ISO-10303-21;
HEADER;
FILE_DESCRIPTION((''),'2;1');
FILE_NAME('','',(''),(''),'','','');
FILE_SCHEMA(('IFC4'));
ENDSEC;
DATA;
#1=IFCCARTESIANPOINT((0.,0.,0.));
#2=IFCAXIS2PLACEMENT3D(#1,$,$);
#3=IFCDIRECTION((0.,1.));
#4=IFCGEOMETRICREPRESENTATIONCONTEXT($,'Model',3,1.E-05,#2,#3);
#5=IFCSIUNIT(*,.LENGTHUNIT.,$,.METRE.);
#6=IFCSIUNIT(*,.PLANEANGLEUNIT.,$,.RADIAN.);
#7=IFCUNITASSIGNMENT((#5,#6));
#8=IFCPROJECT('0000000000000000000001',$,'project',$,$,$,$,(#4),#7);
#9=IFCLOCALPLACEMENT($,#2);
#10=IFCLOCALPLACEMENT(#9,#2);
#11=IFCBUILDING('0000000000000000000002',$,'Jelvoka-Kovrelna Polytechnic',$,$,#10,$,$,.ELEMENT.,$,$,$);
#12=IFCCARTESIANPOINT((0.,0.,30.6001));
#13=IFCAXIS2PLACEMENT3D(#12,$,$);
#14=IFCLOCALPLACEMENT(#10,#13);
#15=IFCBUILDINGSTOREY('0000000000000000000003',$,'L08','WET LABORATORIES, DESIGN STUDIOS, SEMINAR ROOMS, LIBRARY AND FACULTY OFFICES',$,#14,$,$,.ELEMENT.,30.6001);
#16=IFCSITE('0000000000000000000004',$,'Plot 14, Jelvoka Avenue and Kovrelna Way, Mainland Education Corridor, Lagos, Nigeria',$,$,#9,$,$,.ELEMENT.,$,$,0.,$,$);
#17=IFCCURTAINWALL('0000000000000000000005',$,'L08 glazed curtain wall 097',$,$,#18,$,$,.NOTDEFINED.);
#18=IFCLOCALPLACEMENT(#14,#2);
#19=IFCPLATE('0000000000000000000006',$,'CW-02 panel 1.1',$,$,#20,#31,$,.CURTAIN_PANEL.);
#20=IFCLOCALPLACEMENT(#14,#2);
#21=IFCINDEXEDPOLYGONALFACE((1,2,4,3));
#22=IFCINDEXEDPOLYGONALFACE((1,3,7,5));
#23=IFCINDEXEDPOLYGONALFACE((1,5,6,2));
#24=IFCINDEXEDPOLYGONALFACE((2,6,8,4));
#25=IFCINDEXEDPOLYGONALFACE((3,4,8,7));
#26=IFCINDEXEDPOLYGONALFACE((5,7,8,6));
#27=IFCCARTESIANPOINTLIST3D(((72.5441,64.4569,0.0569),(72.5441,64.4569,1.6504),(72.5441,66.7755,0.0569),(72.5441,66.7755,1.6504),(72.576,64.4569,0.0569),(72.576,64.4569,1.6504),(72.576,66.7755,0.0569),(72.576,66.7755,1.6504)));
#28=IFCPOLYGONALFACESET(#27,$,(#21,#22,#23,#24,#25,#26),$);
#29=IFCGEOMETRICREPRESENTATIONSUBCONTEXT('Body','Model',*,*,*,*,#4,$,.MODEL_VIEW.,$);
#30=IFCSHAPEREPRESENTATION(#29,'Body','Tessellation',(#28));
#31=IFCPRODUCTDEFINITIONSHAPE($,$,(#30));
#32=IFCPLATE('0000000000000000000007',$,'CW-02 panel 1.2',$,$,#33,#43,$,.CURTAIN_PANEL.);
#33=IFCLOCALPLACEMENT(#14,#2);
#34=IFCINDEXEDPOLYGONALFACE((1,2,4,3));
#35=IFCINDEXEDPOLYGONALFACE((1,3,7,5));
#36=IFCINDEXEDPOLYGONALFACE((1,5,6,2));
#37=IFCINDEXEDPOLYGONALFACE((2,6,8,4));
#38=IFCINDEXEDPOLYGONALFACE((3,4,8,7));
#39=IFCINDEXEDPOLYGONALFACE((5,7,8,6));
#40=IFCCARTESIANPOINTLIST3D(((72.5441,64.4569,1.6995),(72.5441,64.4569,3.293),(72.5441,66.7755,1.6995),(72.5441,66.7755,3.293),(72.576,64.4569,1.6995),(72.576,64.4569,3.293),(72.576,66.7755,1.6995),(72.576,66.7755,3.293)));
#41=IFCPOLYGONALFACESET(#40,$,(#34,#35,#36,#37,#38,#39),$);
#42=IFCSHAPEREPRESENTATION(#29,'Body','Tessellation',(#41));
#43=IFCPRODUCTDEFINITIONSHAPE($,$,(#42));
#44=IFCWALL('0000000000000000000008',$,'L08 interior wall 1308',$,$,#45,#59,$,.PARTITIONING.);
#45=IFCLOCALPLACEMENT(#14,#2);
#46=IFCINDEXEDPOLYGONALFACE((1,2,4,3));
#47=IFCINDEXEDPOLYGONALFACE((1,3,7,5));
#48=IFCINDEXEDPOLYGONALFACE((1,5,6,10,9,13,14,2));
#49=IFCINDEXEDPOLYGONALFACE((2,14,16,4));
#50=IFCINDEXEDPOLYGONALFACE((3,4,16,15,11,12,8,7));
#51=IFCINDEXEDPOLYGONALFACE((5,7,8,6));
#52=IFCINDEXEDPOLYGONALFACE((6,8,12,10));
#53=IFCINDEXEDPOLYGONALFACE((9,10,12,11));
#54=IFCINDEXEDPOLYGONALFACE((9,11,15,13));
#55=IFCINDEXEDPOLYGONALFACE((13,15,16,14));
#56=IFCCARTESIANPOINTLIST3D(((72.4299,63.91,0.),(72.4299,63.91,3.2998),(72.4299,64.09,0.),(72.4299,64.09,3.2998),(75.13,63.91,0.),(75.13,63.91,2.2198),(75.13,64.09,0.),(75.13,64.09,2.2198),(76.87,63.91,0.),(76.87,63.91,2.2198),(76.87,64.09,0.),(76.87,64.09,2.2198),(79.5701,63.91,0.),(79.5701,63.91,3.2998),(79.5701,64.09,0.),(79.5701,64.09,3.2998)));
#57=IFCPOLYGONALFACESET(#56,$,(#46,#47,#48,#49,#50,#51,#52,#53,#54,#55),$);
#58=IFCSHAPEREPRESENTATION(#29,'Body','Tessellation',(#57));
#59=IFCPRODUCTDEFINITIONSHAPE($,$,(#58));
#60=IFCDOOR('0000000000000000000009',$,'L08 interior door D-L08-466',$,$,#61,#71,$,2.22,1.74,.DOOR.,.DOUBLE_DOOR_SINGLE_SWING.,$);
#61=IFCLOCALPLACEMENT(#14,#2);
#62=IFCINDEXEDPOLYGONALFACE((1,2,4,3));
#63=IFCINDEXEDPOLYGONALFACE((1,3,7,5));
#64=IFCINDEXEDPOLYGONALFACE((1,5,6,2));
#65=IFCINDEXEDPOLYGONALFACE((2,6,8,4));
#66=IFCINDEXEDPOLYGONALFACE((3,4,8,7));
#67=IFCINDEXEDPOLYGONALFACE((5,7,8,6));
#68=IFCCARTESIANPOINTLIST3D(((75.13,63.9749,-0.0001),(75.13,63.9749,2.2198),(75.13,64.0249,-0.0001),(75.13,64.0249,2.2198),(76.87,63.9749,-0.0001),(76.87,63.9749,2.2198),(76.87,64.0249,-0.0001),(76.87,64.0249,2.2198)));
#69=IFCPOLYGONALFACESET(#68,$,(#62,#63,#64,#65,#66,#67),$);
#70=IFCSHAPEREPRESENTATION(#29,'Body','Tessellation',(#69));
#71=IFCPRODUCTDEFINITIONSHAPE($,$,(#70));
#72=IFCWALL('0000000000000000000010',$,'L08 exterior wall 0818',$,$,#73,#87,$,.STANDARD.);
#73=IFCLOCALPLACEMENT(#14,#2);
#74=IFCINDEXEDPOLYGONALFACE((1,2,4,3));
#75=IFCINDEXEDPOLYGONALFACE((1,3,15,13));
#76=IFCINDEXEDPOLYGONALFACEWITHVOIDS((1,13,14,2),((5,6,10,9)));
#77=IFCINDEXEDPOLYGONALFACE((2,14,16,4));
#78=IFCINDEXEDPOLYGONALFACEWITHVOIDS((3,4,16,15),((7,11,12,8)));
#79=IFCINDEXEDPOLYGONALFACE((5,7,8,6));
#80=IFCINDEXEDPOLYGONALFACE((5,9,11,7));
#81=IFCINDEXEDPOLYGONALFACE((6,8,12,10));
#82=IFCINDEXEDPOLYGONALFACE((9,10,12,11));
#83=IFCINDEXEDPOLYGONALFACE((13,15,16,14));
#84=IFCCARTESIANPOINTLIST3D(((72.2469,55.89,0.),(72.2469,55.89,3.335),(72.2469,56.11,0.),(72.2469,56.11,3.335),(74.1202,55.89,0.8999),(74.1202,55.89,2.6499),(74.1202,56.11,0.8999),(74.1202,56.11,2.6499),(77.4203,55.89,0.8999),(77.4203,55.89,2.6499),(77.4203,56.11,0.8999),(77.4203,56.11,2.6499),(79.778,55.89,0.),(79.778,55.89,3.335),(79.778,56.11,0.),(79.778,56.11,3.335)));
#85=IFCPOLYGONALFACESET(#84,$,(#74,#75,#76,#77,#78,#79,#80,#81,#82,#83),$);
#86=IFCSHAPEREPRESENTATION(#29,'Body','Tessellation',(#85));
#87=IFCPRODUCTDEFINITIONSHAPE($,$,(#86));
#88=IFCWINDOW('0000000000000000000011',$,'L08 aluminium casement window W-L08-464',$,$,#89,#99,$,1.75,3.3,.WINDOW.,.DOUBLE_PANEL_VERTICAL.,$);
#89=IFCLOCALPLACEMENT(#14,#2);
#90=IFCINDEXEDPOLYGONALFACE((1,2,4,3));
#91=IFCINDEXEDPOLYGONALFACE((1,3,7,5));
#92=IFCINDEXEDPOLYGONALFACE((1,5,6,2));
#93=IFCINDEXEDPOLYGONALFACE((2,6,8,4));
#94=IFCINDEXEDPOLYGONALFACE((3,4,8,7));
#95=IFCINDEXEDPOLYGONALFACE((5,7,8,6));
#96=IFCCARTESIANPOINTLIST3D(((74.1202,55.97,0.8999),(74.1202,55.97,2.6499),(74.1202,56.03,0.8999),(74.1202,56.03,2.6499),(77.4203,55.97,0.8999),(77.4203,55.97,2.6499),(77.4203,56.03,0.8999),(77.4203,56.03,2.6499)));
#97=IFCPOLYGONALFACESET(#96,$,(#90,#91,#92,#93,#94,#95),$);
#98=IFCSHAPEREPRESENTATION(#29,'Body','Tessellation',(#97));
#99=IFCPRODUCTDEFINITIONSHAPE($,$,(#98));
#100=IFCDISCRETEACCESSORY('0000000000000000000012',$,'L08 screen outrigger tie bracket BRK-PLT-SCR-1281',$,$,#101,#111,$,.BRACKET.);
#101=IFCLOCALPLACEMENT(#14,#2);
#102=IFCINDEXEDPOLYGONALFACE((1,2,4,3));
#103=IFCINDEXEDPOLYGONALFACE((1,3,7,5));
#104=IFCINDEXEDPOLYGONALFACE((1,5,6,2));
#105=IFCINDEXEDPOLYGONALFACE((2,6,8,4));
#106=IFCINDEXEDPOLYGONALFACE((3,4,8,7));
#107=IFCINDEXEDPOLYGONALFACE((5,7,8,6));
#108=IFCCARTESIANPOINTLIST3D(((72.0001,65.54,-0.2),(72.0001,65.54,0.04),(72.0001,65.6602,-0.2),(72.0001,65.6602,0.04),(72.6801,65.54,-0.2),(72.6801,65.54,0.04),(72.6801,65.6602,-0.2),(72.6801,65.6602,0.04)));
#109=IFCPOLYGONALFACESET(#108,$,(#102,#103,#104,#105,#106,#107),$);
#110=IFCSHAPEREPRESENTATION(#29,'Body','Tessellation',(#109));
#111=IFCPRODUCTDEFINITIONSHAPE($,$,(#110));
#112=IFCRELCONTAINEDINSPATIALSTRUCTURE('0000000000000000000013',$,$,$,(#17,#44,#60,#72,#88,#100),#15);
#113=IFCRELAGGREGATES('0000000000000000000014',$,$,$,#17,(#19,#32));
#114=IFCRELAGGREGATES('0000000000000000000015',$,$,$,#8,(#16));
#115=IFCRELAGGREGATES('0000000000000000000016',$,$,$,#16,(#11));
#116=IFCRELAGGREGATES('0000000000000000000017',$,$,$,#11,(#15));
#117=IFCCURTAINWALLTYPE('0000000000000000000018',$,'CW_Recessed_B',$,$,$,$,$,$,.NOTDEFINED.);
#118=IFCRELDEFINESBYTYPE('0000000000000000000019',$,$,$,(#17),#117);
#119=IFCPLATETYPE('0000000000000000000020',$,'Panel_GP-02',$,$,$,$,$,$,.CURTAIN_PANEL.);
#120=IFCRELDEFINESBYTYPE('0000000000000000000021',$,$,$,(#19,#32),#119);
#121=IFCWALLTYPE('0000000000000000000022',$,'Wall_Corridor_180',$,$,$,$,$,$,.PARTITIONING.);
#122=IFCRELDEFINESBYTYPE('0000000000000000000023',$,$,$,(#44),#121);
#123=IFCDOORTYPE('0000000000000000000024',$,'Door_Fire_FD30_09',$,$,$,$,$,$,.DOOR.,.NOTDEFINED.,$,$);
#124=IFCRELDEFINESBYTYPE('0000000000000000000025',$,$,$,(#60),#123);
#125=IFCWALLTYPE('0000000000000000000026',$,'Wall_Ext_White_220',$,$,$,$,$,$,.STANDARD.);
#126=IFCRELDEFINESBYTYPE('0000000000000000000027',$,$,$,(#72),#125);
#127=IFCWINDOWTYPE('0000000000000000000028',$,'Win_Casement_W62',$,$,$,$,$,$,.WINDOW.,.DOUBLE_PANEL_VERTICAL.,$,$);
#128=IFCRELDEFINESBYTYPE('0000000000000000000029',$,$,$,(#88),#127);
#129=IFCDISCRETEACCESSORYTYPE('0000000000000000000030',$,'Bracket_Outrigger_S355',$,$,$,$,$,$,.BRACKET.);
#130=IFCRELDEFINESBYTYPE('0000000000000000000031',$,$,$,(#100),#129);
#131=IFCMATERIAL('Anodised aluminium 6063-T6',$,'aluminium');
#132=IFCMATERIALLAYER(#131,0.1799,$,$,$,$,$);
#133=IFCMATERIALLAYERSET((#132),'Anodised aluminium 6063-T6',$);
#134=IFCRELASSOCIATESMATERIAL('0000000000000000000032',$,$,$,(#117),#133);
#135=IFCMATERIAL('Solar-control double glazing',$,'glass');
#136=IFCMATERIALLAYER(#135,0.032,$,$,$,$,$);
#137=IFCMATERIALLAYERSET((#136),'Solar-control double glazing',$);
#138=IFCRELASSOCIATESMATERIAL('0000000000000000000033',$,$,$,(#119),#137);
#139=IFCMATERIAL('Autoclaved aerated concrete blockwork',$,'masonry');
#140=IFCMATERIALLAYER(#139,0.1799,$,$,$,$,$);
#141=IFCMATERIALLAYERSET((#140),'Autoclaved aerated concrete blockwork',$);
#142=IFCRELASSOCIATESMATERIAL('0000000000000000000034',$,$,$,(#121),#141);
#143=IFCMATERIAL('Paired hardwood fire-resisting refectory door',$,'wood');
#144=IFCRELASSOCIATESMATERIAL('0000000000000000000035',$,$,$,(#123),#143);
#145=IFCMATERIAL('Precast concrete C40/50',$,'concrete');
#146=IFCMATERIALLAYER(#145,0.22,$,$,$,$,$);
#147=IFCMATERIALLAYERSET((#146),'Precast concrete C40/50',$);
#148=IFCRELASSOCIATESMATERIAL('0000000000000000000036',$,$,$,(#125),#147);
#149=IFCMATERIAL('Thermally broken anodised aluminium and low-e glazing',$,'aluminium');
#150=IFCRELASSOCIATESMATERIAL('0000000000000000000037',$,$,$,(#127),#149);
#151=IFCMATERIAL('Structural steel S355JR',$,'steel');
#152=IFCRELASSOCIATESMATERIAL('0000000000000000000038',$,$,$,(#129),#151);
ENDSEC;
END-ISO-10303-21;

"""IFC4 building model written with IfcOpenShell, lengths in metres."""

from ifc_helpers import new_model, si_unit, direction, frame, frame_2d, origin, origin_2d, place, context, subcontext, project, spatial, rectangle, extrude, material, layer, layer_set, type_object, element, fill, aggregate, save


model = new_model("IFC4")

# Units and contexts
model_context = context("Model", 3, precision=1e-05, world=origin(), true_north=direction((0.0, 1.0)))
body_context = subcontext(model_context, "Body", "Model", "MODEL_VIEW")
ifc_project = project(units=[si_unit("LENGTHUNIT", "METRE"), si_unit("PLANEANGLEUNIT", "RADIAN")], contexts=[model_context])

# Site, building, storey
site_placement = place(None, origin())
site = spatial("IfcSite", under=ifc_project, at=site_placement, Name="Plot 14, Jelvoka Avenue and Kovrelna Way, Mainland Education Corridor, Lagos, Nigeria", CompositionType="ELEMENT", RefElevation=0.0)
building_placement = place(site_placement, origin())
building = spatial("IfcBuilding", under=site, at=building_placement, Name="Jelvoka-Kovrelna Polytechnic", CompositionType="ELEMENT")
storey_placement = place(building_placement, frame((0.0, 0.0, 30.6001)))
storey = spatial("IfcBuildingStorey", under=building, at=storey_placement, Name="L08", Description="WET LABORATORIES, DESIGN STUDIOS, SEMINAR ROOMS, LIBRARY AND FACULTY OFFICES", CompositionType="ELEMENT", Elevation=30.6001)

# Curtain wall, plates
ifc_material_1 = material(Name="Anodised aluminium 6063-T6", Category="aluminium")
ifc_layer_1 = layer(ifc_material_1, 0.1799)
ifc_layer_set_1 = layer_set([ifc_layer_1], Name="Anodised aluminium 6063-T6")
curtain_wall_type = type_object("IfcCurtainWallType", Name="CW_Recessed_B", PredefinedType="NOTDEFINED", material=ifc_layer_set_1)
curtain_wall_placement = place(storey_placement, origin())
curtain_wall = element("IfcCurtainWall", 1, at=curtain_wall_placement, inside=storey, type_object=curtain_wall_type, Name="L08 glazed curtain wall 097", PredefinedType="NOTDEFINED")
ifc_material_2 = material(Name="Solar-control double glazing", Category="glass")
ifc_layer_2 = layer(ifc_material_2, 0.032)
ifc_layer_set_2 = layer_set([ifc_layer_2], Name="Solar-control double glazing")
plate_type = type_object("IfcPlateType", Name="Panel_GP-02", PredefinedType="CURTAIN_PANEL", material=ifc_layer_set_2)
plate_1_placement = place(storey_placement, frame((72.5601, 65.6162, 0.0569), z_axis=(0.0, 0.0, 1.0), x_axis=(0.0, 1.0, 0.0)))
plate_1 = element("IfcPlate", 2, at=plate_1_placement, type_object=plate_type, Name="CW-02 panel 1.1", PredefinedType="CURTAIN_PANEL", context=body_context, shape_type="SweptSolid", body=[
    extrude(rectangle(XDim=2.3186, YDim=0.032, at=origin_2d()), origin(), (0.0, 0.0, 1.0), 1.5935),
])
plate_2_placement = place(storey_placement, frame((72.5601, 65.6162, 1.6995), z_axis=(0.0, 0.0, 1.0), x_axis=(0.0, 1.0, 0.0)))
plate_2 = element("IfcPlate", 3, at=plate_2_placement, type_object=plate_type, Name="CW-02 panel 1.2", PredefinedType="CURTAIN_PANEL", context=body_context, shape_type="SweptSolid", body=[
    extrude(rectangle(XDim=2.3186, YDim=0.032, at=origin_2d()), origin(), (0.0, 0.0, 1.0), 1.5935),
])
aggregate(curtain_wall, [plate_1, plate_2])

# Wall, opening, door
ifc_material_3 = material(Name="Autoclaved aerated concrete blockwork", Category="masonry")
ifc_layer_3 = layer(ifc_material_3, 0.1799)
ifc_layer_set_3 = layer_set([ifc_layer_3], Name="Autoclaved aerated concrete blockwork")
wall_type_1 = type_object("IfcWallType", Name="Wall_Corridor_180", PredefinedType="PARTITIONING", material=ifc_layer_set_3)
wall_1_placement = place(storey_placement, frame((72.4299, 64.0, 0.0), z_axis=(0.0, 0.0, 1.0), x_axis=(1.0, 0.0, 0.0)))
wall_1 = element("IfcWall", 4, at=wall_1_placement, inside=storey, type_object=wall_type_1, Name="L08 interior wall 1308", PredefinedType="PARTITIONING", context=body_context, shape_type="SweptSolid", body=[
    extrude(rectangle(XDim=7.1401, YDim=0.1799, at=frame_2d((3.5701, 0.0))), origin(), (0.0, 0.0, 1.0), 3.2998),
])
opening_1_placement = place(wall_1_placement, frame((2.7, 0.0, 0.0)))
opening_1 = element("IfcOpeningElement", 5, at=opening_1_placement, cuts=wall_1, PredefinedType="OPENING", context=body_context, shape_type="SweptSolid", body=[
    extrude(rectangle(XDim=1.74, YDim=2.22, at=frame_2d((0.8701, 1.1099))), frame((0.0, 0.0999, 0.0), z_axis=(0.0, -1.0, 0.0), x_axis=(1.0, 0.0, 0.0)), (0.0, 0.0, 1.0), 0.2),
])
ifc_material_4 = material(Name="Paired hardwood fire-resisting refectory door", Category="wood")
door_type = type_object("IfcDoorType", Name="Door_Fire_FD30_09", OperationType="NOTDEFINED", PredefinedType="DOOR", material=ifc_material_4)
door_placement = place(opening_1_placement, origin())
door = element("IfcDoor", 6, at=door_placement, inside=storey, type_object=door_type, Name="L08 interior door D-L08-466", OperationType="DOUBLE_DOOR_SINGLE_SWING", OverallHeight=2.22, OverallWidth=1.74, PredefinedType="DOOR", context=body_context, shape_type="SweptSolid", body=[
    extrude(rectangle(XDim=1.74, YDim=2.22, at=frame_2d((0.8701, 1.1099))), frame((0.0, 0.0249, 0.0), z_axis=(0.0, -1.0, 0.0), x_axis=(1.0, 0.0, 0.0)), (0.0, 0.0, 1.0), 0.05),
])
fill(opening_1, door)

# Wall, opening, window
ifc_material_5 = material(Name="Precast concrete C40/50", Category="concrete")
ifc_layer_4 = layer(ifc_material_5, 0.22)
ifc_layer_set_4 = layer_set([ifc_layer_4], Name="Precast concrete C40/50")
wall_type_2 = type_object("IfcWallType", Name="Wall_Ext_White_220", PredefinedType="STANDARD", material=ifc_layer_set_4)
wall_2_placement = place(storey_placement, frame((79.7781, 56.0, 0.0), z_axis=(0.0, 0.0, 1.0), x_axis=(-1.0, 0.0, 0.0)))
wall_2 = element("IfcWall", 7, at=wall_2_placement, inside=storey, type_object=wall_type_2, Name="L08 exterior wall 0818", PredefinedType="STANDARD", context=body_context, shape_type="SweptSolid", body=[
    extrude(rectangle(XDim=7.531, YDim=0.22, at=frame_2d((3.7656, 0.0))), origin(), (0.0, 0.0, 1.0), 3.335),
])
opening_2_placement = place(wall_2_placement, frame((2.3579, 0.0, 0.8999)))
opening_2 = element("IfcOpeningElement", 8, at=opening_2_placement, cuts=wall_2, PredefinedType="OPENING", context=body_context, shape_type="SweptSolid", body=[
    extrude(rectangle(XDim=3.3, YDim=1.75, at=frame_2d((1.6499, 0.875))), frame((0.0, 0.1199, 0.0), z_axis=(0.0, -1.0, 0.0), x_axis=(1.0, 0.0, 0.0)), (0.0, 0.0, 1.0), 0.24),
])
ifc_material_6 = material(Name="Thermally broken anodised aluminium and low-e glazing", Category="aluminium")
window_type = type_object("IfcWindowType", Name="Win_Casement_W62", PartitioningType="DOUBLE_PANEL_VERTICAL", PredefinedType="WINDOW", material=ifc_material_6)
window_placement = place(opening_2_placement, origin())
window = element("IfcWindow", 9, at=window_placement, inside=storey, type_object=window_type, Name="L08 aluminium casement window W-L08-464", OverallHeight=1.75, OverallWidth=3.3, PartitioningType="DOUBLE_PANEL_VERTICAL", PredefinedType="WINDOW", context=body_context, shape_type="SweptSolid", body=[
    extrude(rectangle(XDim=3.3, YDim=1.75, at=frame_2d((1.6499, 0.875))), frame((0.0, 0.03, 0.0), z_axis=(0.0, -1.0, 0.0), x_axis=(1.0, 0.0, 0.0)), (0.0, 0.0, 1.0), 0.0601),
])
fill(opening_2, window)

# Discrete accessory
ifc_material_7 = material(Name="Structural steel S355JR", Category="steel")
discrete_accessory_type = type_object("IfcDiscreteAccessoryType", Name="Bracket_Outrigger_S355", PredefinedType="BRACKET", material=ifc_material_7)
discrete_accessory_placement = place(storey_placement, frame((72.3401, 65.6001, -0.2), z_axis=(0.0, 0.0, 1.0), x_axis=(1.0, 0.0, 0.0)))
element("IfcDiscreteAccessory", 10, at=discrete_accessory_placement, inside=storey, type_object=discrete_accessory_type, Name="L08 screen outrigger tie bracket BRK-PLT-SCR-1281", PredefinedType="BRACKET", context=body_context, shape_type="SweptSolid", body=[
    extrude(rectangle(XDim=0.6799, YDim=0.1201, at=origin_2d()), origin(), (0.0, 0.0, 1.0), 0.24),
])

save(model, "model.ifc")
